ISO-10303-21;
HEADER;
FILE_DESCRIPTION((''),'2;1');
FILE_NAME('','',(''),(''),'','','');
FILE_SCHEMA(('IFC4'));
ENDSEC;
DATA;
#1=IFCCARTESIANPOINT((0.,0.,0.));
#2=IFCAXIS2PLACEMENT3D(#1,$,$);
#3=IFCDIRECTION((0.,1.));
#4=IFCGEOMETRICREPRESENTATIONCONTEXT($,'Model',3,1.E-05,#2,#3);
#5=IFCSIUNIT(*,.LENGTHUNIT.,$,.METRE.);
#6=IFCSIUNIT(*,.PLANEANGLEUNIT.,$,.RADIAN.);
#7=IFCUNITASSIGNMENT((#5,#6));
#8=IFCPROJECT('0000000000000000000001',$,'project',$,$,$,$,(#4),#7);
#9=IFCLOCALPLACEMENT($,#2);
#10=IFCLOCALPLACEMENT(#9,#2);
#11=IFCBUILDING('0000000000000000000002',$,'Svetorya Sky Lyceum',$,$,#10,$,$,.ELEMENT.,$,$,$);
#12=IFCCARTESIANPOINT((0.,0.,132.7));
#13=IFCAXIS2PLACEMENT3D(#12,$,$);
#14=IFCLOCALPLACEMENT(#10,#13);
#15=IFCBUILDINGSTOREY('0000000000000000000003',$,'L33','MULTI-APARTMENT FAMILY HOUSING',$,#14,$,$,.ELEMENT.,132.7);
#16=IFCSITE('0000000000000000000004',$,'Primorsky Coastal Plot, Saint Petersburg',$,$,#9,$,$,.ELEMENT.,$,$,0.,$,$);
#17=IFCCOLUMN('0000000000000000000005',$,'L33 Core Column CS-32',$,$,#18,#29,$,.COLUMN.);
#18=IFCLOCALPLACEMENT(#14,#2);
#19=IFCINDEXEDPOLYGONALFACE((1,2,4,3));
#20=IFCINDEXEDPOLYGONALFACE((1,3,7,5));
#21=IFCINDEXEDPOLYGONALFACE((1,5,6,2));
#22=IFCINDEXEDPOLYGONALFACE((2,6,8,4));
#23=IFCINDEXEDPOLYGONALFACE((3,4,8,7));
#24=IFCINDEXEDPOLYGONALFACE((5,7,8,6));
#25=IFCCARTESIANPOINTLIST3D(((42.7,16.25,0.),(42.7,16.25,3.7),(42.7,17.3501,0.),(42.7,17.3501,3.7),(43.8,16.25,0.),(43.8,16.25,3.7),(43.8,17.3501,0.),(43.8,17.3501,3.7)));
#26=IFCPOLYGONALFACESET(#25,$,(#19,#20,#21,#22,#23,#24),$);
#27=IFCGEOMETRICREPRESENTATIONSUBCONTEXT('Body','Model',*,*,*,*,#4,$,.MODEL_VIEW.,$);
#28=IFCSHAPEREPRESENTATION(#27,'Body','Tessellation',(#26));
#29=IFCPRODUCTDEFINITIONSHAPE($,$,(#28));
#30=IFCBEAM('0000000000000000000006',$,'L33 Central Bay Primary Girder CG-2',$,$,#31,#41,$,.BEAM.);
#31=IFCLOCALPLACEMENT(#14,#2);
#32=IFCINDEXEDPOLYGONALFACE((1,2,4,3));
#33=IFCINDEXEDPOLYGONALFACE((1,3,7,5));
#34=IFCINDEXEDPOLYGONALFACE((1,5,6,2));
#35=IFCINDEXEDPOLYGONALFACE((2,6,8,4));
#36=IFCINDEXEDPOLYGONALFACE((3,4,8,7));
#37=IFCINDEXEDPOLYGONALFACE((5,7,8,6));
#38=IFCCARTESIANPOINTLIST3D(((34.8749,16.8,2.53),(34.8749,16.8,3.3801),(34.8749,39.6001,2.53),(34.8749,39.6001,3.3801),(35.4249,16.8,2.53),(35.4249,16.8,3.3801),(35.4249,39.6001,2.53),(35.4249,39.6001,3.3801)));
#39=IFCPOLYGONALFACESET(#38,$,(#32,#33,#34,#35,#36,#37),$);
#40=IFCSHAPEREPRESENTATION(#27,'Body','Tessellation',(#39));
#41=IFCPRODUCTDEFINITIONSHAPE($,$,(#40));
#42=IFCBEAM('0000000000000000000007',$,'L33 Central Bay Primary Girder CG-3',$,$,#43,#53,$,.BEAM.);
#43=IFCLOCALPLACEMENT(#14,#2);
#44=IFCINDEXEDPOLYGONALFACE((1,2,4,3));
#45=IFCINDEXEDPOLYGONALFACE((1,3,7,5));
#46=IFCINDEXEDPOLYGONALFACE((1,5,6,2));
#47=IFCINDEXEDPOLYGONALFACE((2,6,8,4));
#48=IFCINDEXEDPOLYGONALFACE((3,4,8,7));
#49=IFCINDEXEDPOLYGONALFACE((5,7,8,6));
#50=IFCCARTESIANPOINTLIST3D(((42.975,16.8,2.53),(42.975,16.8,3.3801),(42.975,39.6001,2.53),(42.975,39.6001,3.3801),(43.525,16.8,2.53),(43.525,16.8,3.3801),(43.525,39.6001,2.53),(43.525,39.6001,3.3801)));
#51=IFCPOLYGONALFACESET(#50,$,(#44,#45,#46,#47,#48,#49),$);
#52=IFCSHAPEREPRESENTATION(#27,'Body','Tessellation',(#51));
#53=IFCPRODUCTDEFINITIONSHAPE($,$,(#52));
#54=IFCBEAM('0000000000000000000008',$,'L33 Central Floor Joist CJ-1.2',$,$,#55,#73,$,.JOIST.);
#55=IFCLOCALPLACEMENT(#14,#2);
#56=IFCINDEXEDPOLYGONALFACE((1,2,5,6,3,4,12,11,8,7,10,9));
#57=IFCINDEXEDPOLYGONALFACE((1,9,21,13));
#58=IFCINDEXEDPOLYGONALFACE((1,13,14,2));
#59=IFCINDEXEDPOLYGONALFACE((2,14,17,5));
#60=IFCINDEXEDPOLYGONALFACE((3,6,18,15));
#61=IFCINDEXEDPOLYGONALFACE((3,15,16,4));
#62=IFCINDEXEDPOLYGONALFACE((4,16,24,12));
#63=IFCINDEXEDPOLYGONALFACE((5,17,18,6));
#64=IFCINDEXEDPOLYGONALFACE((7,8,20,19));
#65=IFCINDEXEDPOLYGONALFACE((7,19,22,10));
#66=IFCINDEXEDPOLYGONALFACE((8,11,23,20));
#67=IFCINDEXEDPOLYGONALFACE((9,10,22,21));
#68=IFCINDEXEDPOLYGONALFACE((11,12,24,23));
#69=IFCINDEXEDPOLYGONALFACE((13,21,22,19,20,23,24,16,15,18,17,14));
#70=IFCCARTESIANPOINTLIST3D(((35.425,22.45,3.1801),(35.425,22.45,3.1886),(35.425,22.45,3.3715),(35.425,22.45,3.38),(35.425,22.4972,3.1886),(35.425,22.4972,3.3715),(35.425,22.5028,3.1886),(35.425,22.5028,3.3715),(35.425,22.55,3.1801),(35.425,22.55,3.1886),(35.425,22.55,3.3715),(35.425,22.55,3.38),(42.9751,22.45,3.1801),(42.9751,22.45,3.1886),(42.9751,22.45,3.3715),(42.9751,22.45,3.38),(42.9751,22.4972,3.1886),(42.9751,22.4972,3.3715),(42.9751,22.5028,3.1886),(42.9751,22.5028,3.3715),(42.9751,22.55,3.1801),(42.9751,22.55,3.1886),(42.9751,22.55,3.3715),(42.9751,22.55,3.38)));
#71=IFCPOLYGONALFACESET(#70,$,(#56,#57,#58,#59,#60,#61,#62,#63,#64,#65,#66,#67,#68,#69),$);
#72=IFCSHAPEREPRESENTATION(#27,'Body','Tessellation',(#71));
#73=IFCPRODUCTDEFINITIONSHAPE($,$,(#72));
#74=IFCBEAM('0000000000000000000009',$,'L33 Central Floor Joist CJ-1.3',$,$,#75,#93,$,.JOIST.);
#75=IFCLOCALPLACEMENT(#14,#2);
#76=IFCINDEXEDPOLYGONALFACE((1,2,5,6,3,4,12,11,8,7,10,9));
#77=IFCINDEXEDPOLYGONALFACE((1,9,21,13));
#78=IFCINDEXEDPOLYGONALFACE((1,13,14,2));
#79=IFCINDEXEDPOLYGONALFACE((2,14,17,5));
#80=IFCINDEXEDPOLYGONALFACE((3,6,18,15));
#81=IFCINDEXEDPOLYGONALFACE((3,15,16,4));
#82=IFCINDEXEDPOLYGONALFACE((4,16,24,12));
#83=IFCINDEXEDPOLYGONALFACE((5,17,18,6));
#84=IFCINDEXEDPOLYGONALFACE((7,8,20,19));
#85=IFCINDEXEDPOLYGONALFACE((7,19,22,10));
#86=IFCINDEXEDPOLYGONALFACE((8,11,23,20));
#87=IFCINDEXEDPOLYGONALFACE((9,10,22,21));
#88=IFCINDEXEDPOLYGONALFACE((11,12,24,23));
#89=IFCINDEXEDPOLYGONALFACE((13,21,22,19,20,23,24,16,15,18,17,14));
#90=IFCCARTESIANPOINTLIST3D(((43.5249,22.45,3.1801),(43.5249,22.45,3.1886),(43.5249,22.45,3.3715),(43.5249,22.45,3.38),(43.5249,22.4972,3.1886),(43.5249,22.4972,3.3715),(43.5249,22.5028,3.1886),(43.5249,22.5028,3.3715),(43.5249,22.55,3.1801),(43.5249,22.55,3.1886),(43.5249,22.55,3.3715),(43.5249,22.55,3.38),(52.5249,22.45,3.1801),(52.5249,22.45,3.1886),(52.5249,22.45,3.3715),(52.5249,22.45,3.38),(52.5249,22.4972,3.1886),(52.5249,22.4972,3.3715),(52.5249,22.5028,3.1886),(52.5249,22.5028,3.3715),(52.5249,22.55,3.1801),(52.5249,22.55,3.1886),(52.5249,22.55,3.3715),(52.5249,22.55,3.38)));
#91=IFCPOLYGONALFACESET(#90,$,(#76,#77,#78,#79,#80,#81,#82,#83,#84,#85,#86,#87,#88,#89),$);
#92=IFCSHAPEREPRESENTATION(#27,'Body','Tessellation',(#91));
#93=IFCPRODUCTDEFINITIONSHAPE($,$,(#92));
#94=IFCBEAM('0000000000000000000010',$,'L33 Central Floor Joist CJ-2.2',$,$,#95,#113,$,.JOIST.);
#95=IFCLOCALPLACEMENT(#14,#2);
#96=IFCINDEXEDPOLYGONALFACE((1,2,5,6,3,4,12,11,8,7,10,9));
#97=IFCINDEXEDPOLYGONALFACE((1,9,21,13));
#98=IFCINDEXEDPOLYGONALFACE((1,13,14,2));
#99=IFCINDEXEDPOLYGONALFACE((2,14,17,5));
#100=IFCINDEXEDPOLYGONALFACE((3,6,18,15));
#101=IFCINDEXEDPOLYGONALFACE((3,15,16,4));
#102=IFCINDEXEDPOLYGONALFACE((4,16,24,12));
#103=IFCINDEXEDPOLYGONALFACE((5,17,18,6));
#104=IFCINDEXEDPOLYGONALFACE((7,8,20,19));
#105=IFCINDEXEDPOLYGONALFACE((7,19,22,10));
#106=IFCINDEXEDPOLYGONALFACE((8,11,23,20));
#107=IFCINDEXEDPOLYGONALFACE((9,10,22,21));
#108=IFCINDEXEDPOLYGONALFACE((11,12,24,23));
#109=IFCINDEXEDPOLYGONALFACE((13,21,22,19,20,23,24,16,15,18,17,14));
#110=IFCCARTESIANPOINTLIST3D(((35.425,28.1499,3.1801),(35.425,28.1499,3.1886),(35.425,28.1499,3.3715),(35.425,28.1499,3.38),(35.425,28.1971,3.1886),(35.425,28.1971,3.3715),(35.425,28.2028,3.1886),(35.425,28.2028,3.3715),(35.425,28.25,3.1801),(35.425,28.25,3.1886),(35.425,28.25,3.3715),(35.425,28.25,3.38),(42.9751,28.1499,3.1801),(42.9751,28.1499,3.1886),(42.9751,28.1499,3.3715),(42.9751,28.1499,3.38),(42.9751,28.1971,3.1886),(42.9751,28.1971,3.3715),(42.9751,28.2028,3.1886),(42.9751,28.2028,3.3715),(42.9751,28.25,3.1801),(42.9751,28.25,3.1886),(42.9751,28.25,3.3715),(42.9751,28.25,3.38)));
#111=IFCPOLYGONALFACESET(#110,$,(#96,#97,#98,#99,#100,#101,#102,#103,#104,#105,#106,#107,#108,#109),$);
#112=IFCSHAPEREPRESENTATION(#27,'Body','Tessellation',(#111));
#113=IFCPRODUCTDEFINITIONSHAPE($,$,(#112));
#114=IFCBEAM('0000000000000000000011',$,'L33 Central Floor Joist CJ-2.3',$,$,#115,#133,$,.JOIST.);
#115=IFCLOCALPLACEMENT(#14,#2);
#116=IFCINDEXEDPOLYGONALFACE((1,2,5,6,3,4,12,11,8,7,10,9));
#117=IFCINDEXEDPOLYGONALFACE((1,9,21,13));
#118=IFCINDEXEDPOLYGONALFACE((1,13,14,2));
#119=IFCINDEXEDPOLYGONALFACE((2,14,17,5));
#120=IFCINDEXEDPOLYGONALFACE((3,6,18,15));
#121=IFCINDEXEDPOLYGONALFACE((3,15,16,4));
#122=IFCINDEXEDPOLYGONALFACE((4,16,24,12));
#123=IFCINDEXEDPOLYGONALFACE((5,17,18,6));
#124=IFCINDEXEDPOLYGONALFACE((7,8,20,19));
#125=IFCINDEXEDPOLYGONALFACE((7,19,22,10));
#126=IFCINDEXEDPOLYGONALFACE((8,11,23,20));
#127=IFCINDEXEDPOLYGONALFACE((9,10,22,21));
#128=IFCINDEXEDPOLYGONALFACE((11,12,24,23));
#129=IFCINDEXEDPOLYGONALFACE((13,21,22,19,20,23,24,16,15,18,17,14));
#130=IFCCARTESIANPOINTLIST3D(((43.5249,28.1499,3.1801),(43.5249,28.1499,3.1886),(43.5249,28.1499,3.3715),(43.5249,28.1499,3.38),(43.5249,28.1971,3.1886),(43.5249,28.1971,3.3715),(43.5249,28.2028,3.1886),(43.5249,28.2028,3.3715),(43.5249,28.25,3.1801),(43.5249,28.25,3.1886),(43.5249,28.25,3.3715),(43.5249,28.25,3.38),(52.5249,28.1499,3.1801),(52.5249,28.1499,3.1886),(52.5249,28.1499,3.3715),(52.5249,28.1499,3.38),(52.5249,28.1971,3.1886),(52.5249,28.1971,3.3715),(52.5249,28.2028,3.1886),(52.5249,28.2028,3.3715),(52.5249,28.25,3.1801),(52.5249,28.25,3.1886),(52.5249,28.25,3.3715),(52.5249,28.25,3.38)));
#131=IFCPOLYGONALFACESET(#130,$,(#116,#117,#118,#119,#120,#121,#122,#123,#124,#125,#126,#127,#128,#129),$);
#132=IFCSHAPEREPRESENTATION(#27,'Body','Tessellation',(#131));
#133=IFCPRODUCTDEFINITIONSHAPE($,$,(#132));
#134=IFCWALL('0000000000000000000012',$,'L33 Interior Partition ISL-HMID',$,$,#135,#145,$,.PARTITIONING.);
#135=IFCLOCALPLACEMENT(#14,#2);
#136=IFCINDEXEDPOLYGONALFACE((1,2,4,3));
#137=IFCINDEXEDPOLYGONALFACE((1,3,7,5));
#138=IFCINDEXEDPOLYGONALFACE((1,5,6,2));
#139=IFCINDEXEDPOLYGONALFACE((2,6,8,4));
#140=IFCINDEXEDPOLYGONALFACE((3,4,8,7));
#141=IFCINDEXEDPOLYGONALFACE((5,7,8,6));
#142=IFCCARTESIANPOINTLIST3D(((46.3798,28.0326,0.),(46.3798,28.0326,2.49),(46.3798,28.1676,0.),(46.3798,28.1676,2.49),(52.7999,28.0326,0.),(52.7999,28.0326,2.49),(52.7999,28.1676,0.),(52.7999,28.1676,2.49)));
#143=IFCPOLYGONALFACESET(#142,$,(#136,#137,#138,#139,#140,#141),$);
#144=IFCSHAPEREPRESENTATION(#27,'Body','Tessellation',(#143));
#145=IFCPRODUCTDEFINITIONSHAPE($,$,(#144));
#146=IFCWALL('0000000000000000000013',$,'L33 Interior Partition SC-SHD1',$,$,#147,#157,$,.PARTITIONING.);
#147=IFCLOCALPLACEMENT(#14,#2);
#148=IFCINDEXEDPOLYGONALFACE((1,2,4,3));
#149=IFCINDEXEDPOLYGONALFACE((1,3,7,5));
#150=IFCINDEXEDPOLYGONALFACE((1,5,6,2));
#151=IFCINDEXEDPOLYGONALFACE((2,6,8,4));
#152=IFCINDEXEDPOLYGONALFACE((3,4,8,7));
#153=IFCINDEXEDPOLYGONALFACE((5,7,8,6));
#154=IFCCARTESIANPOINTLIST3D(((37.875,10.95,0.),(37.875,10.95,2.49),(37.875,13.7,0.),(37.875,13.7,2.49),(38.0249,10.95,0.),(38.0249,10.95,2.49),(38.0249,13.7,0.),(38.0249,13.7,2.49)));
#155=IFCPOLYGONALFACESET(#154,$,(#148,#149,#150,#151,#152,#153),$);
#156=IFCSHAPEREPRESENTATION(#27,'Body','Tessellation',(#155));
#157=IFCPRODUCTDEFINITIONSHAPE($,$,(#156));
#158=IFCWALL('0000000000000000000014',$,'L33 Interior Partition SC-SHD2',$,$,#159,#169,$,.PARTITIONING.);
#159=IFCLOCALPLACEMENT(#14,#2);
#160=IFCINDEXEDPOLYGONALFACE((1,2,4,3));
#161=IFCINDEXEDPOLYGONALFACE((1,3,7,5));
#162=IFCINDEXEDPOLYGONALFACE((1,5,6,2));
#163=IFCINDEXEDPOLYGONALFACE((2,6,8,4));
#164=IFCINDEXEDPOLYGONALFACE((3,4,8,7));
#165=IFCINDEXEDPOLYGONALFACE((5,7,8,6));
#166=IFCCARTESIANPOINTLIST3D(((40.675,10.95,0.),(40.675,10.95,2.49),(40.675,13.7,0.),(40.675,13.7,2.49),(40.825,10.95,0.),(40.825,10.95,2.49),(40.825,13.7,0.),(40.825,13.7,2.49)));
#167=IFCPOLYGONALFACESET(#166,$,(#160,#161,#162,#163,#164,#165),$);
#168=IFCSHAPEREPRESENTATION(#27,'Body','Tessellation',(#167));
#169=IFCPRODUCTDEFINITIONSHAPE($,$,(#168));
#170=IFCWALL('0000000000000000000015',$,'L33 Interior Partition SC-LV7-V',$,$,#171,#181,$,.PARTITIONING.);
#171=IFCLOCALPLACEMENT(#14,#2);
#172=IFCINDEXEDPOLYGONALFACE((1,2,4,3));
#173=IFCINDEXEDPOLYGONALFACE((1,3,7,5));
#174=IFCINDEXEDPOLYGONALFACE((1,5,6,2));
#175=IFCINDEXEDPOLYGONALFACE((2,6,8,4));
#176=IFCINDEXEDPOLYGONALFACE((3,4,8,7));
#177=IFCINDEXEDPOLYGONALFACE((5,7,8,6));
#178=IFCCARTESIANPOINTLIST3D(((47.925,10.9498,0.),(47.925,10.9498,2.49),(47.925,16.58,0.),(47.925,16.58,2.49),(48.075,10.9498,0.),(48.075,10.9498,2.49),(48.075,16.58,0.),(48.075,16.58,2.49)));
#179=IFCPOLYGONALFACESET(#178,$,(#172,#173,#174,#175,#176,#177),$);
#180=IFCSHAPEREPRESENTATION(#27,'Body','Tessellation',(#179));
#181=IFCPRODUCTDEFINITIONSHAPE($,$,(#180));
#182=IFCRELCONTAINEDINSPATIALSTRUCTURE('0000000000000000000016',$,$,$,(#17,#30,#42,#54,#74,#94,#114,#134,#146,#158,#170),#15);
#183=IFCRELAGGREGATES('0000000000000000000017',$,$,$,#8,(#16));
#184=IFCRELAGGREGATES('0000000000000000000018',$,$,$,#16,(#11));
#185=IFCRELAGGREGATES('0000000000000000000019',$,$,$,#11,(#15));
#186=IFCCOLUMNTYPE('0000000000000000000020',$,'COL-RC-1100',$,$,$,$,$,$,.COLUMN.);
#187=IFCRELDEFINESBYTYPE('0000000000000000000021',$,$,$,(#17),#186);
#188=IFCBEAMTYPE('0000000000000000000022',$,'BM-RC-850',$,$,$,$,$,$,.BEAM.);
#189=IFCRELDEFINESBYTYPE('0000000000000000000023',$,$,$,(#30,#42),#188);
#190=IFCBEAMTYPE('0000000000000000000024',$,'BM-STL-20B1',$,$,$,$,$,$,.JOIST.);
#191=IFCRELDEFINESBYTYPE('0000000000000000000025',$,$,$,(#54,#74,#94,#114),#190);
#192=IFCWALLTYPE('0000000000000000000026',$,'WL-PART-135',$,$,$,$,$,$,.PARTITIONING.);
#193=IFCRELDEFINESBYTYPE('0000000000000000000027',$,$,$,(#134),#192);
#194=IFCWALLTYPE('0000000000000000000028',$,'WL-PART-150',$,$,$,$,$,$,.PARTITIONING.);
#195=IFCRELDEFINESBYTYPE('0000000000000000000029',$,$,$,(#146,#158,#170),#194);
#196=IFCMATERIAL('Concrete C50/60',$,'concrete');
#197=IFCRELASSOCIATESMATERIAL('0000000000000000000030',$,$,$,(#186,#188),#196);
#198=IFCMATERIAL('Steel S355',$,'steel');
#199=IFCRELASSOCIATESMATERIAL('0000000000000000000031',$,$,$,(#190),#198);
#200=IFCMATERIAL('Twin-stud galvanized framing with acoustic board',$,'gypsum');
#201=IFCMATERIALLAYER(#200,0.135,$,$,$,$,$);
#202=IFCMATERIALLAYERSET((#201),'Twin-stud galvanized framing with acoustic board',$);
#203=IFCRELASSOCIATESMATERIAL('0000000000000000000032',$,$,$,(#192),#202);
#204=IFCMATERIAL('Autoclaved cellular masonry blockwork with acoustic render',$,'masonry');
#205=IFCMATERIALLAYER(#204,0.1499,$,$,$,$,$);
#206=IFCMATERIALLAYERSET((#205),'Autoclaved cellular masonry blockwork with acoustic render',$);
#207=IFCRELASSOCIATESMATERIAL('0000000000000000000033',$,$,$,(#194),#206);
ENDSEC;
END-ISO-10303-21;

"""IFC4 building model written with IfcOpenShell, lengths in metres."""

from ifc_helpers import new_model, si_unit, direction, frame, frame_2d, origin, origin_2d, place, context, subcontext, project, spatial, rectangle, i_section, extrude, material, layer, layer_set, material_profile, profile_set, type_object, element, save


model = new_model("IFC4")

# Units and contexts
model_context = context("Model", 3, precision=1e-05, world=origin(), true_north=direction((0.0, 1.0)))
body_context = subcontext(model_context, "Body", "Model", "MODEL_VIEW")
ifc_project = project(units=[si_unit("LENGTHUNIT", "METRE"), si_unit("PLANEANGLEUNIT", "RADIAN")], contexts=[model_context])

# Site, building, storey
site_placement = place(None, origin())
site = spatial("IfcSite", under=ifc_project, at=site_placement, Name="Primorsky Coastal Plot, Saint Petersburg", CompositionType="ELEMENT", RefElevation=0.0)
building_placement = place(site_placement, origin())
building = spatial("IfcBuilding", under=site, at=building_placement, Name="Svetorya Sky Lyceum", CompositionType="ELEMENT")
storey_placement = place(building_placement, frame((0.0, 0.0, 132.7)))
storey = spatial("IfcBuildingStorey", under=building, at=storey_placement, Name="L33", Description="MULTI-APARTMENT FAMILY HOUSING", CompositionType="ELEMENT", Elevation=132.7)

# Column
ifc_material_1 = material(Name="Concrete C50/60", Category="concrete")
ifc_material_profile_1 = material_profile(ifc_material_1, rectangle(XDim=1.1001, YDim=1.1001, at=origin_2d()), Name="RC COL 1100x1100")
ifc_profile_set_1 = profile_set([ifc_material_profile_1], Name="Concrete C50/60")
column_type = type_object("IfcColumnType", Name="COL-RC-1100", PredefinedType="COLUMN", material=ifc_profile_set_1)
column_placement = place(storey_placement, frame((43.25, 16.8, 0.0), z_axis=(0.0, 0.0, 1.0), x_axis=(1.0, 0.0, 0.0)))
element("IfcColumn", 1, at=column_placement, inside=storey, type_object=column_type, Name="L33 Core Column CS-32", PredefinedType="COLUMN", context=body_context, shape_type="SweptSolid", body=[
    extrude(rectangle(XDim=1.1001, YDim=1.1001, at=origin_2d()), origin(), (0.0, 0.0, 1.0), 3.7),
])

# Beams
ifc_material_profile_2 = material_profile(ifc_material_1, rectangle(XDim=0.55, YDim=0.8501, at=origin_2d()), Name="RC BEAM 550x850")
ifc_profile_set_2 = profile_set([ifc_material_profile_2], Name="Concrete C50/60")
beam_type_1 = type_object("IfcBeamType", Name="BM-RC-850", PredefinedType="BEAM", material=ifc_profile_set_2)
for number, where, z_axis, x_axis, name in (
    (2, (35.1499, 16.8, 2.9551), (0.0, 1.0, 0.0), (-1.0, 0.0, 0.0), "L33 Central Bay Primary Girder CG-2"),
    (3, (43.25, 16.8, 2.9551), (0.0, 1.0, 0.0), (-1.0, 0.0, 0.0), "L33 Central Bay Primary Girder CG-3"),
):
    element("IfcBeam", number, at=place(storey_placement, frame(where, z_axis=z_axis, x_axis=x_axis)), inside=storey, type_object=beam_type_1, Name=name, PredefinedType="BEAM", context=body_context, shape_type="SweptSolid", body=[
        extrude(rectangle(XDim=0.55, YDim=0.8501, at=origin_2d()), origin(), (0.0, 0.0, 1.0), 22.8),
    ])
ifc_material_2 = material(Name="Steel S355", Category="steel")
ifc_material_profile_3 = material_profile(ifc_material_2, i_section(OverallWidth=0.1001, OverallDepth=0.2, WebThickness=0.0056, FlangeThickness=0.0085, at=origin_2d()), Name="GOST 20B1")
ifc_profile_set_3 = profile_set([ifc_material_profile_3], Name="Steel S355")
beam_type_2 = type_object("IfcBeamType", Name="BM-STL-20B1", PredefinedType="JOIST", material=ifc_profile_set_3)
beam_1_placement = place(storey_placement, frame((35.425, 22.5, 3.28), z_axis=(1.0, 0.0, 0.0), x_axis=(0.0, 1.0, 0.0)))
element("IfcBeam", 4, at=beam_1_placement, inside=storey, type_object=beam_type_2, Name="L33 Central Floor Joist CJ-1.2", PredefinedType="JOIST", context=body_context, shape_type="SweptSolid", body=[
    extrude(i_section(OverallWidth=0.1001, OverallDepth=0.2, WebThickness=0.0056, FlangeThickness=0.0085, at=origin_2d()), origin(), (0.0, 0.0, 1.0), 7.55),
])
beam_2_placement = place(storey_placement, frame((43.5249, 22.5, 3.28), z_axis=(1.0, 0.0, 0.0), x_axis=(0.0, 1.0, 0.0)))
element("IfcBeam", 5, at=beam_2_placement, inside=storey, type_object=beam_type_2, Name="L33 Central Floor Joist CJ-1.3", PredefinedType="JOIST", context=body_context, shape_type="SweptSolid", body=[
    extrude(i_section(OverallWidth=0.1001, OverallDepth=0.2, WebThickness=0.0056, FlangeThickness=0.0085, at=origin_2d()), origin(), (0.0, 0.0, 1.0), 9.0),
])
beam_3_placement = place(storey_placement, frame((35.425, 28.2, 3.28), z_axis=(1.0, 0.0, 0.0), x_axis=(0.0, 1.0, 0.0)))
element("IfcBeam", 6, at=beam_3_placement, inside=storey, type_object=beam_type_2, Name="L33 Central Floor Joist CJ-2.2", PredefinedType="JOIST", context=body_context, shape_type="SweptSolid", body=[
    extrude(i_section(OverallWidth=0.1001, OverallDepth=0.2, WebThickness=0.0056, FlangeThickness=0.0085, at=origin_2d()), origin(), (0.0, 0.0, 1.0), 7.55),
])
beam_4_placement = place(storey_placement, frame((43.5249, 28.2, 3.28), z_axis=(1.0, 0.0, 0.0), x_axis=(0.0, 1.0, 0.0)))
element("IfcBeam", 7, at=beam_4_placement, inside=storey, type_object=beam_type_2, Name="L33 Central Floor Joist CJ-2.3", PredefinedType="JOIST", context=body_context, shape_type="SweptSolid", body=[
    extrude(i_section(OverallWidth=0.1001, OverallDepth=0.2, WebThickness=0.0056, FlangeThickness=0.0085, at=origin_2d()), origin(), (0.0, 0.0, 1.0), 9.0),
])

# Walls
ifc_material_3 = material(Name="Twin-stud galvanized framing with acoustic board", Category="gypsum")
ifc_layer_1 = layer(ifc_material_3, 0.135)
ifc_layer_set_1 = layer_set([ifc_layer_1], Name="Twin-stud galvanized framing with acoustic board")
wall_type_1 = type_object("IfcWallType", Name="WL-PART-135", PredefinedType="PARTITIONING", material=ifc_layer_set_1)
wall_1_placement = place(storey_placement, frame((46.3799, 28.1001, 0.0), z_axis=(0.0, 0.0, 1.0), x_axis=(1.0, 0.0, 0.0)))
element("IfcWall", 8, at=wall_1_placement, inside=storey, type_object=wall_type_1, Name="L33 Interior Partition ISL-HMID", PredefinedType="PARTITIONING", context=body_context, shape_type="SweptSolid", body=[
    extrude(rectangle(XDim=6.4202, YDim=0.135, at=frame_2d((3.21, 0.0))), origin(), (0.0, 0.0, 1.0), 2.49),
])
ifc_material_4 = material(Name="Autoclaved cellular masonry blockwork with acoustic render", Category="masonry")
ifc_layer_2 = layer(ifc_material_4, 0.1499)
ifc_layer_set_2 = layer_set([ifc_layer_2], Name="Autoclaved cellular masonry blockwork with acoustic render")
wall_type_2 = type_object("IfcWallType", Name="WL-PART-150", PredefinedType="PARTITIONING", material=ifc_layer_set_2)
for number, where, z_axis, x_axis, name in (
    (9, (37.95, 10.95, 0.0), (0.0, 0.0, 1.0), (0.0, 1.0, 0.0), "L33 Interior Partition SC-SHD1"),
    (10, (40.75, 10.95, 0.0), (0.0, 0.0, 1.0), (0.0, 1.0, 0.0), "L33 Interior Partition SC-SHD2"),
):
    element("IfcWall", number, at=place(storey_placement, frame(where, z_axis=z_axis, x_axis=x_axis)), inside=storey, type_object=wall_type_2, Name=name, PredefinedType="PARTITIONING", context=body_context, shape_type="SweptSolid", body=[
        extrude(rectangle(XDim=2.75, YDim=0.1499, at=frame_2d((1.375, 0.0))), origin(), (0.0, 0.0, 1.0), 2.49),
    ])
wall_2_placement = place(storey_placement, frame((48.0, 10.95, 0.0), z_axis=(0.0, 0.0, 1.0), x_axis=(0.0, 1.0, 0.0)))
element("IfcWall", 11, at=wall_2_placement, inside=storey, type_object=wall_type_2, Name="L33 Interior Partition SC-LV7-V", PredefinedType="PARTITIONING", context=body_context, shape_type="SweptSolid", body=[
    extrude(rectangle(XDim=5.6301, YDim=0.1499, at=frame_2d((2.8149, 0.0))), origin(), (0.0, 0.0, 1.0), 2.49),
])

save(model, "model.ifc")
